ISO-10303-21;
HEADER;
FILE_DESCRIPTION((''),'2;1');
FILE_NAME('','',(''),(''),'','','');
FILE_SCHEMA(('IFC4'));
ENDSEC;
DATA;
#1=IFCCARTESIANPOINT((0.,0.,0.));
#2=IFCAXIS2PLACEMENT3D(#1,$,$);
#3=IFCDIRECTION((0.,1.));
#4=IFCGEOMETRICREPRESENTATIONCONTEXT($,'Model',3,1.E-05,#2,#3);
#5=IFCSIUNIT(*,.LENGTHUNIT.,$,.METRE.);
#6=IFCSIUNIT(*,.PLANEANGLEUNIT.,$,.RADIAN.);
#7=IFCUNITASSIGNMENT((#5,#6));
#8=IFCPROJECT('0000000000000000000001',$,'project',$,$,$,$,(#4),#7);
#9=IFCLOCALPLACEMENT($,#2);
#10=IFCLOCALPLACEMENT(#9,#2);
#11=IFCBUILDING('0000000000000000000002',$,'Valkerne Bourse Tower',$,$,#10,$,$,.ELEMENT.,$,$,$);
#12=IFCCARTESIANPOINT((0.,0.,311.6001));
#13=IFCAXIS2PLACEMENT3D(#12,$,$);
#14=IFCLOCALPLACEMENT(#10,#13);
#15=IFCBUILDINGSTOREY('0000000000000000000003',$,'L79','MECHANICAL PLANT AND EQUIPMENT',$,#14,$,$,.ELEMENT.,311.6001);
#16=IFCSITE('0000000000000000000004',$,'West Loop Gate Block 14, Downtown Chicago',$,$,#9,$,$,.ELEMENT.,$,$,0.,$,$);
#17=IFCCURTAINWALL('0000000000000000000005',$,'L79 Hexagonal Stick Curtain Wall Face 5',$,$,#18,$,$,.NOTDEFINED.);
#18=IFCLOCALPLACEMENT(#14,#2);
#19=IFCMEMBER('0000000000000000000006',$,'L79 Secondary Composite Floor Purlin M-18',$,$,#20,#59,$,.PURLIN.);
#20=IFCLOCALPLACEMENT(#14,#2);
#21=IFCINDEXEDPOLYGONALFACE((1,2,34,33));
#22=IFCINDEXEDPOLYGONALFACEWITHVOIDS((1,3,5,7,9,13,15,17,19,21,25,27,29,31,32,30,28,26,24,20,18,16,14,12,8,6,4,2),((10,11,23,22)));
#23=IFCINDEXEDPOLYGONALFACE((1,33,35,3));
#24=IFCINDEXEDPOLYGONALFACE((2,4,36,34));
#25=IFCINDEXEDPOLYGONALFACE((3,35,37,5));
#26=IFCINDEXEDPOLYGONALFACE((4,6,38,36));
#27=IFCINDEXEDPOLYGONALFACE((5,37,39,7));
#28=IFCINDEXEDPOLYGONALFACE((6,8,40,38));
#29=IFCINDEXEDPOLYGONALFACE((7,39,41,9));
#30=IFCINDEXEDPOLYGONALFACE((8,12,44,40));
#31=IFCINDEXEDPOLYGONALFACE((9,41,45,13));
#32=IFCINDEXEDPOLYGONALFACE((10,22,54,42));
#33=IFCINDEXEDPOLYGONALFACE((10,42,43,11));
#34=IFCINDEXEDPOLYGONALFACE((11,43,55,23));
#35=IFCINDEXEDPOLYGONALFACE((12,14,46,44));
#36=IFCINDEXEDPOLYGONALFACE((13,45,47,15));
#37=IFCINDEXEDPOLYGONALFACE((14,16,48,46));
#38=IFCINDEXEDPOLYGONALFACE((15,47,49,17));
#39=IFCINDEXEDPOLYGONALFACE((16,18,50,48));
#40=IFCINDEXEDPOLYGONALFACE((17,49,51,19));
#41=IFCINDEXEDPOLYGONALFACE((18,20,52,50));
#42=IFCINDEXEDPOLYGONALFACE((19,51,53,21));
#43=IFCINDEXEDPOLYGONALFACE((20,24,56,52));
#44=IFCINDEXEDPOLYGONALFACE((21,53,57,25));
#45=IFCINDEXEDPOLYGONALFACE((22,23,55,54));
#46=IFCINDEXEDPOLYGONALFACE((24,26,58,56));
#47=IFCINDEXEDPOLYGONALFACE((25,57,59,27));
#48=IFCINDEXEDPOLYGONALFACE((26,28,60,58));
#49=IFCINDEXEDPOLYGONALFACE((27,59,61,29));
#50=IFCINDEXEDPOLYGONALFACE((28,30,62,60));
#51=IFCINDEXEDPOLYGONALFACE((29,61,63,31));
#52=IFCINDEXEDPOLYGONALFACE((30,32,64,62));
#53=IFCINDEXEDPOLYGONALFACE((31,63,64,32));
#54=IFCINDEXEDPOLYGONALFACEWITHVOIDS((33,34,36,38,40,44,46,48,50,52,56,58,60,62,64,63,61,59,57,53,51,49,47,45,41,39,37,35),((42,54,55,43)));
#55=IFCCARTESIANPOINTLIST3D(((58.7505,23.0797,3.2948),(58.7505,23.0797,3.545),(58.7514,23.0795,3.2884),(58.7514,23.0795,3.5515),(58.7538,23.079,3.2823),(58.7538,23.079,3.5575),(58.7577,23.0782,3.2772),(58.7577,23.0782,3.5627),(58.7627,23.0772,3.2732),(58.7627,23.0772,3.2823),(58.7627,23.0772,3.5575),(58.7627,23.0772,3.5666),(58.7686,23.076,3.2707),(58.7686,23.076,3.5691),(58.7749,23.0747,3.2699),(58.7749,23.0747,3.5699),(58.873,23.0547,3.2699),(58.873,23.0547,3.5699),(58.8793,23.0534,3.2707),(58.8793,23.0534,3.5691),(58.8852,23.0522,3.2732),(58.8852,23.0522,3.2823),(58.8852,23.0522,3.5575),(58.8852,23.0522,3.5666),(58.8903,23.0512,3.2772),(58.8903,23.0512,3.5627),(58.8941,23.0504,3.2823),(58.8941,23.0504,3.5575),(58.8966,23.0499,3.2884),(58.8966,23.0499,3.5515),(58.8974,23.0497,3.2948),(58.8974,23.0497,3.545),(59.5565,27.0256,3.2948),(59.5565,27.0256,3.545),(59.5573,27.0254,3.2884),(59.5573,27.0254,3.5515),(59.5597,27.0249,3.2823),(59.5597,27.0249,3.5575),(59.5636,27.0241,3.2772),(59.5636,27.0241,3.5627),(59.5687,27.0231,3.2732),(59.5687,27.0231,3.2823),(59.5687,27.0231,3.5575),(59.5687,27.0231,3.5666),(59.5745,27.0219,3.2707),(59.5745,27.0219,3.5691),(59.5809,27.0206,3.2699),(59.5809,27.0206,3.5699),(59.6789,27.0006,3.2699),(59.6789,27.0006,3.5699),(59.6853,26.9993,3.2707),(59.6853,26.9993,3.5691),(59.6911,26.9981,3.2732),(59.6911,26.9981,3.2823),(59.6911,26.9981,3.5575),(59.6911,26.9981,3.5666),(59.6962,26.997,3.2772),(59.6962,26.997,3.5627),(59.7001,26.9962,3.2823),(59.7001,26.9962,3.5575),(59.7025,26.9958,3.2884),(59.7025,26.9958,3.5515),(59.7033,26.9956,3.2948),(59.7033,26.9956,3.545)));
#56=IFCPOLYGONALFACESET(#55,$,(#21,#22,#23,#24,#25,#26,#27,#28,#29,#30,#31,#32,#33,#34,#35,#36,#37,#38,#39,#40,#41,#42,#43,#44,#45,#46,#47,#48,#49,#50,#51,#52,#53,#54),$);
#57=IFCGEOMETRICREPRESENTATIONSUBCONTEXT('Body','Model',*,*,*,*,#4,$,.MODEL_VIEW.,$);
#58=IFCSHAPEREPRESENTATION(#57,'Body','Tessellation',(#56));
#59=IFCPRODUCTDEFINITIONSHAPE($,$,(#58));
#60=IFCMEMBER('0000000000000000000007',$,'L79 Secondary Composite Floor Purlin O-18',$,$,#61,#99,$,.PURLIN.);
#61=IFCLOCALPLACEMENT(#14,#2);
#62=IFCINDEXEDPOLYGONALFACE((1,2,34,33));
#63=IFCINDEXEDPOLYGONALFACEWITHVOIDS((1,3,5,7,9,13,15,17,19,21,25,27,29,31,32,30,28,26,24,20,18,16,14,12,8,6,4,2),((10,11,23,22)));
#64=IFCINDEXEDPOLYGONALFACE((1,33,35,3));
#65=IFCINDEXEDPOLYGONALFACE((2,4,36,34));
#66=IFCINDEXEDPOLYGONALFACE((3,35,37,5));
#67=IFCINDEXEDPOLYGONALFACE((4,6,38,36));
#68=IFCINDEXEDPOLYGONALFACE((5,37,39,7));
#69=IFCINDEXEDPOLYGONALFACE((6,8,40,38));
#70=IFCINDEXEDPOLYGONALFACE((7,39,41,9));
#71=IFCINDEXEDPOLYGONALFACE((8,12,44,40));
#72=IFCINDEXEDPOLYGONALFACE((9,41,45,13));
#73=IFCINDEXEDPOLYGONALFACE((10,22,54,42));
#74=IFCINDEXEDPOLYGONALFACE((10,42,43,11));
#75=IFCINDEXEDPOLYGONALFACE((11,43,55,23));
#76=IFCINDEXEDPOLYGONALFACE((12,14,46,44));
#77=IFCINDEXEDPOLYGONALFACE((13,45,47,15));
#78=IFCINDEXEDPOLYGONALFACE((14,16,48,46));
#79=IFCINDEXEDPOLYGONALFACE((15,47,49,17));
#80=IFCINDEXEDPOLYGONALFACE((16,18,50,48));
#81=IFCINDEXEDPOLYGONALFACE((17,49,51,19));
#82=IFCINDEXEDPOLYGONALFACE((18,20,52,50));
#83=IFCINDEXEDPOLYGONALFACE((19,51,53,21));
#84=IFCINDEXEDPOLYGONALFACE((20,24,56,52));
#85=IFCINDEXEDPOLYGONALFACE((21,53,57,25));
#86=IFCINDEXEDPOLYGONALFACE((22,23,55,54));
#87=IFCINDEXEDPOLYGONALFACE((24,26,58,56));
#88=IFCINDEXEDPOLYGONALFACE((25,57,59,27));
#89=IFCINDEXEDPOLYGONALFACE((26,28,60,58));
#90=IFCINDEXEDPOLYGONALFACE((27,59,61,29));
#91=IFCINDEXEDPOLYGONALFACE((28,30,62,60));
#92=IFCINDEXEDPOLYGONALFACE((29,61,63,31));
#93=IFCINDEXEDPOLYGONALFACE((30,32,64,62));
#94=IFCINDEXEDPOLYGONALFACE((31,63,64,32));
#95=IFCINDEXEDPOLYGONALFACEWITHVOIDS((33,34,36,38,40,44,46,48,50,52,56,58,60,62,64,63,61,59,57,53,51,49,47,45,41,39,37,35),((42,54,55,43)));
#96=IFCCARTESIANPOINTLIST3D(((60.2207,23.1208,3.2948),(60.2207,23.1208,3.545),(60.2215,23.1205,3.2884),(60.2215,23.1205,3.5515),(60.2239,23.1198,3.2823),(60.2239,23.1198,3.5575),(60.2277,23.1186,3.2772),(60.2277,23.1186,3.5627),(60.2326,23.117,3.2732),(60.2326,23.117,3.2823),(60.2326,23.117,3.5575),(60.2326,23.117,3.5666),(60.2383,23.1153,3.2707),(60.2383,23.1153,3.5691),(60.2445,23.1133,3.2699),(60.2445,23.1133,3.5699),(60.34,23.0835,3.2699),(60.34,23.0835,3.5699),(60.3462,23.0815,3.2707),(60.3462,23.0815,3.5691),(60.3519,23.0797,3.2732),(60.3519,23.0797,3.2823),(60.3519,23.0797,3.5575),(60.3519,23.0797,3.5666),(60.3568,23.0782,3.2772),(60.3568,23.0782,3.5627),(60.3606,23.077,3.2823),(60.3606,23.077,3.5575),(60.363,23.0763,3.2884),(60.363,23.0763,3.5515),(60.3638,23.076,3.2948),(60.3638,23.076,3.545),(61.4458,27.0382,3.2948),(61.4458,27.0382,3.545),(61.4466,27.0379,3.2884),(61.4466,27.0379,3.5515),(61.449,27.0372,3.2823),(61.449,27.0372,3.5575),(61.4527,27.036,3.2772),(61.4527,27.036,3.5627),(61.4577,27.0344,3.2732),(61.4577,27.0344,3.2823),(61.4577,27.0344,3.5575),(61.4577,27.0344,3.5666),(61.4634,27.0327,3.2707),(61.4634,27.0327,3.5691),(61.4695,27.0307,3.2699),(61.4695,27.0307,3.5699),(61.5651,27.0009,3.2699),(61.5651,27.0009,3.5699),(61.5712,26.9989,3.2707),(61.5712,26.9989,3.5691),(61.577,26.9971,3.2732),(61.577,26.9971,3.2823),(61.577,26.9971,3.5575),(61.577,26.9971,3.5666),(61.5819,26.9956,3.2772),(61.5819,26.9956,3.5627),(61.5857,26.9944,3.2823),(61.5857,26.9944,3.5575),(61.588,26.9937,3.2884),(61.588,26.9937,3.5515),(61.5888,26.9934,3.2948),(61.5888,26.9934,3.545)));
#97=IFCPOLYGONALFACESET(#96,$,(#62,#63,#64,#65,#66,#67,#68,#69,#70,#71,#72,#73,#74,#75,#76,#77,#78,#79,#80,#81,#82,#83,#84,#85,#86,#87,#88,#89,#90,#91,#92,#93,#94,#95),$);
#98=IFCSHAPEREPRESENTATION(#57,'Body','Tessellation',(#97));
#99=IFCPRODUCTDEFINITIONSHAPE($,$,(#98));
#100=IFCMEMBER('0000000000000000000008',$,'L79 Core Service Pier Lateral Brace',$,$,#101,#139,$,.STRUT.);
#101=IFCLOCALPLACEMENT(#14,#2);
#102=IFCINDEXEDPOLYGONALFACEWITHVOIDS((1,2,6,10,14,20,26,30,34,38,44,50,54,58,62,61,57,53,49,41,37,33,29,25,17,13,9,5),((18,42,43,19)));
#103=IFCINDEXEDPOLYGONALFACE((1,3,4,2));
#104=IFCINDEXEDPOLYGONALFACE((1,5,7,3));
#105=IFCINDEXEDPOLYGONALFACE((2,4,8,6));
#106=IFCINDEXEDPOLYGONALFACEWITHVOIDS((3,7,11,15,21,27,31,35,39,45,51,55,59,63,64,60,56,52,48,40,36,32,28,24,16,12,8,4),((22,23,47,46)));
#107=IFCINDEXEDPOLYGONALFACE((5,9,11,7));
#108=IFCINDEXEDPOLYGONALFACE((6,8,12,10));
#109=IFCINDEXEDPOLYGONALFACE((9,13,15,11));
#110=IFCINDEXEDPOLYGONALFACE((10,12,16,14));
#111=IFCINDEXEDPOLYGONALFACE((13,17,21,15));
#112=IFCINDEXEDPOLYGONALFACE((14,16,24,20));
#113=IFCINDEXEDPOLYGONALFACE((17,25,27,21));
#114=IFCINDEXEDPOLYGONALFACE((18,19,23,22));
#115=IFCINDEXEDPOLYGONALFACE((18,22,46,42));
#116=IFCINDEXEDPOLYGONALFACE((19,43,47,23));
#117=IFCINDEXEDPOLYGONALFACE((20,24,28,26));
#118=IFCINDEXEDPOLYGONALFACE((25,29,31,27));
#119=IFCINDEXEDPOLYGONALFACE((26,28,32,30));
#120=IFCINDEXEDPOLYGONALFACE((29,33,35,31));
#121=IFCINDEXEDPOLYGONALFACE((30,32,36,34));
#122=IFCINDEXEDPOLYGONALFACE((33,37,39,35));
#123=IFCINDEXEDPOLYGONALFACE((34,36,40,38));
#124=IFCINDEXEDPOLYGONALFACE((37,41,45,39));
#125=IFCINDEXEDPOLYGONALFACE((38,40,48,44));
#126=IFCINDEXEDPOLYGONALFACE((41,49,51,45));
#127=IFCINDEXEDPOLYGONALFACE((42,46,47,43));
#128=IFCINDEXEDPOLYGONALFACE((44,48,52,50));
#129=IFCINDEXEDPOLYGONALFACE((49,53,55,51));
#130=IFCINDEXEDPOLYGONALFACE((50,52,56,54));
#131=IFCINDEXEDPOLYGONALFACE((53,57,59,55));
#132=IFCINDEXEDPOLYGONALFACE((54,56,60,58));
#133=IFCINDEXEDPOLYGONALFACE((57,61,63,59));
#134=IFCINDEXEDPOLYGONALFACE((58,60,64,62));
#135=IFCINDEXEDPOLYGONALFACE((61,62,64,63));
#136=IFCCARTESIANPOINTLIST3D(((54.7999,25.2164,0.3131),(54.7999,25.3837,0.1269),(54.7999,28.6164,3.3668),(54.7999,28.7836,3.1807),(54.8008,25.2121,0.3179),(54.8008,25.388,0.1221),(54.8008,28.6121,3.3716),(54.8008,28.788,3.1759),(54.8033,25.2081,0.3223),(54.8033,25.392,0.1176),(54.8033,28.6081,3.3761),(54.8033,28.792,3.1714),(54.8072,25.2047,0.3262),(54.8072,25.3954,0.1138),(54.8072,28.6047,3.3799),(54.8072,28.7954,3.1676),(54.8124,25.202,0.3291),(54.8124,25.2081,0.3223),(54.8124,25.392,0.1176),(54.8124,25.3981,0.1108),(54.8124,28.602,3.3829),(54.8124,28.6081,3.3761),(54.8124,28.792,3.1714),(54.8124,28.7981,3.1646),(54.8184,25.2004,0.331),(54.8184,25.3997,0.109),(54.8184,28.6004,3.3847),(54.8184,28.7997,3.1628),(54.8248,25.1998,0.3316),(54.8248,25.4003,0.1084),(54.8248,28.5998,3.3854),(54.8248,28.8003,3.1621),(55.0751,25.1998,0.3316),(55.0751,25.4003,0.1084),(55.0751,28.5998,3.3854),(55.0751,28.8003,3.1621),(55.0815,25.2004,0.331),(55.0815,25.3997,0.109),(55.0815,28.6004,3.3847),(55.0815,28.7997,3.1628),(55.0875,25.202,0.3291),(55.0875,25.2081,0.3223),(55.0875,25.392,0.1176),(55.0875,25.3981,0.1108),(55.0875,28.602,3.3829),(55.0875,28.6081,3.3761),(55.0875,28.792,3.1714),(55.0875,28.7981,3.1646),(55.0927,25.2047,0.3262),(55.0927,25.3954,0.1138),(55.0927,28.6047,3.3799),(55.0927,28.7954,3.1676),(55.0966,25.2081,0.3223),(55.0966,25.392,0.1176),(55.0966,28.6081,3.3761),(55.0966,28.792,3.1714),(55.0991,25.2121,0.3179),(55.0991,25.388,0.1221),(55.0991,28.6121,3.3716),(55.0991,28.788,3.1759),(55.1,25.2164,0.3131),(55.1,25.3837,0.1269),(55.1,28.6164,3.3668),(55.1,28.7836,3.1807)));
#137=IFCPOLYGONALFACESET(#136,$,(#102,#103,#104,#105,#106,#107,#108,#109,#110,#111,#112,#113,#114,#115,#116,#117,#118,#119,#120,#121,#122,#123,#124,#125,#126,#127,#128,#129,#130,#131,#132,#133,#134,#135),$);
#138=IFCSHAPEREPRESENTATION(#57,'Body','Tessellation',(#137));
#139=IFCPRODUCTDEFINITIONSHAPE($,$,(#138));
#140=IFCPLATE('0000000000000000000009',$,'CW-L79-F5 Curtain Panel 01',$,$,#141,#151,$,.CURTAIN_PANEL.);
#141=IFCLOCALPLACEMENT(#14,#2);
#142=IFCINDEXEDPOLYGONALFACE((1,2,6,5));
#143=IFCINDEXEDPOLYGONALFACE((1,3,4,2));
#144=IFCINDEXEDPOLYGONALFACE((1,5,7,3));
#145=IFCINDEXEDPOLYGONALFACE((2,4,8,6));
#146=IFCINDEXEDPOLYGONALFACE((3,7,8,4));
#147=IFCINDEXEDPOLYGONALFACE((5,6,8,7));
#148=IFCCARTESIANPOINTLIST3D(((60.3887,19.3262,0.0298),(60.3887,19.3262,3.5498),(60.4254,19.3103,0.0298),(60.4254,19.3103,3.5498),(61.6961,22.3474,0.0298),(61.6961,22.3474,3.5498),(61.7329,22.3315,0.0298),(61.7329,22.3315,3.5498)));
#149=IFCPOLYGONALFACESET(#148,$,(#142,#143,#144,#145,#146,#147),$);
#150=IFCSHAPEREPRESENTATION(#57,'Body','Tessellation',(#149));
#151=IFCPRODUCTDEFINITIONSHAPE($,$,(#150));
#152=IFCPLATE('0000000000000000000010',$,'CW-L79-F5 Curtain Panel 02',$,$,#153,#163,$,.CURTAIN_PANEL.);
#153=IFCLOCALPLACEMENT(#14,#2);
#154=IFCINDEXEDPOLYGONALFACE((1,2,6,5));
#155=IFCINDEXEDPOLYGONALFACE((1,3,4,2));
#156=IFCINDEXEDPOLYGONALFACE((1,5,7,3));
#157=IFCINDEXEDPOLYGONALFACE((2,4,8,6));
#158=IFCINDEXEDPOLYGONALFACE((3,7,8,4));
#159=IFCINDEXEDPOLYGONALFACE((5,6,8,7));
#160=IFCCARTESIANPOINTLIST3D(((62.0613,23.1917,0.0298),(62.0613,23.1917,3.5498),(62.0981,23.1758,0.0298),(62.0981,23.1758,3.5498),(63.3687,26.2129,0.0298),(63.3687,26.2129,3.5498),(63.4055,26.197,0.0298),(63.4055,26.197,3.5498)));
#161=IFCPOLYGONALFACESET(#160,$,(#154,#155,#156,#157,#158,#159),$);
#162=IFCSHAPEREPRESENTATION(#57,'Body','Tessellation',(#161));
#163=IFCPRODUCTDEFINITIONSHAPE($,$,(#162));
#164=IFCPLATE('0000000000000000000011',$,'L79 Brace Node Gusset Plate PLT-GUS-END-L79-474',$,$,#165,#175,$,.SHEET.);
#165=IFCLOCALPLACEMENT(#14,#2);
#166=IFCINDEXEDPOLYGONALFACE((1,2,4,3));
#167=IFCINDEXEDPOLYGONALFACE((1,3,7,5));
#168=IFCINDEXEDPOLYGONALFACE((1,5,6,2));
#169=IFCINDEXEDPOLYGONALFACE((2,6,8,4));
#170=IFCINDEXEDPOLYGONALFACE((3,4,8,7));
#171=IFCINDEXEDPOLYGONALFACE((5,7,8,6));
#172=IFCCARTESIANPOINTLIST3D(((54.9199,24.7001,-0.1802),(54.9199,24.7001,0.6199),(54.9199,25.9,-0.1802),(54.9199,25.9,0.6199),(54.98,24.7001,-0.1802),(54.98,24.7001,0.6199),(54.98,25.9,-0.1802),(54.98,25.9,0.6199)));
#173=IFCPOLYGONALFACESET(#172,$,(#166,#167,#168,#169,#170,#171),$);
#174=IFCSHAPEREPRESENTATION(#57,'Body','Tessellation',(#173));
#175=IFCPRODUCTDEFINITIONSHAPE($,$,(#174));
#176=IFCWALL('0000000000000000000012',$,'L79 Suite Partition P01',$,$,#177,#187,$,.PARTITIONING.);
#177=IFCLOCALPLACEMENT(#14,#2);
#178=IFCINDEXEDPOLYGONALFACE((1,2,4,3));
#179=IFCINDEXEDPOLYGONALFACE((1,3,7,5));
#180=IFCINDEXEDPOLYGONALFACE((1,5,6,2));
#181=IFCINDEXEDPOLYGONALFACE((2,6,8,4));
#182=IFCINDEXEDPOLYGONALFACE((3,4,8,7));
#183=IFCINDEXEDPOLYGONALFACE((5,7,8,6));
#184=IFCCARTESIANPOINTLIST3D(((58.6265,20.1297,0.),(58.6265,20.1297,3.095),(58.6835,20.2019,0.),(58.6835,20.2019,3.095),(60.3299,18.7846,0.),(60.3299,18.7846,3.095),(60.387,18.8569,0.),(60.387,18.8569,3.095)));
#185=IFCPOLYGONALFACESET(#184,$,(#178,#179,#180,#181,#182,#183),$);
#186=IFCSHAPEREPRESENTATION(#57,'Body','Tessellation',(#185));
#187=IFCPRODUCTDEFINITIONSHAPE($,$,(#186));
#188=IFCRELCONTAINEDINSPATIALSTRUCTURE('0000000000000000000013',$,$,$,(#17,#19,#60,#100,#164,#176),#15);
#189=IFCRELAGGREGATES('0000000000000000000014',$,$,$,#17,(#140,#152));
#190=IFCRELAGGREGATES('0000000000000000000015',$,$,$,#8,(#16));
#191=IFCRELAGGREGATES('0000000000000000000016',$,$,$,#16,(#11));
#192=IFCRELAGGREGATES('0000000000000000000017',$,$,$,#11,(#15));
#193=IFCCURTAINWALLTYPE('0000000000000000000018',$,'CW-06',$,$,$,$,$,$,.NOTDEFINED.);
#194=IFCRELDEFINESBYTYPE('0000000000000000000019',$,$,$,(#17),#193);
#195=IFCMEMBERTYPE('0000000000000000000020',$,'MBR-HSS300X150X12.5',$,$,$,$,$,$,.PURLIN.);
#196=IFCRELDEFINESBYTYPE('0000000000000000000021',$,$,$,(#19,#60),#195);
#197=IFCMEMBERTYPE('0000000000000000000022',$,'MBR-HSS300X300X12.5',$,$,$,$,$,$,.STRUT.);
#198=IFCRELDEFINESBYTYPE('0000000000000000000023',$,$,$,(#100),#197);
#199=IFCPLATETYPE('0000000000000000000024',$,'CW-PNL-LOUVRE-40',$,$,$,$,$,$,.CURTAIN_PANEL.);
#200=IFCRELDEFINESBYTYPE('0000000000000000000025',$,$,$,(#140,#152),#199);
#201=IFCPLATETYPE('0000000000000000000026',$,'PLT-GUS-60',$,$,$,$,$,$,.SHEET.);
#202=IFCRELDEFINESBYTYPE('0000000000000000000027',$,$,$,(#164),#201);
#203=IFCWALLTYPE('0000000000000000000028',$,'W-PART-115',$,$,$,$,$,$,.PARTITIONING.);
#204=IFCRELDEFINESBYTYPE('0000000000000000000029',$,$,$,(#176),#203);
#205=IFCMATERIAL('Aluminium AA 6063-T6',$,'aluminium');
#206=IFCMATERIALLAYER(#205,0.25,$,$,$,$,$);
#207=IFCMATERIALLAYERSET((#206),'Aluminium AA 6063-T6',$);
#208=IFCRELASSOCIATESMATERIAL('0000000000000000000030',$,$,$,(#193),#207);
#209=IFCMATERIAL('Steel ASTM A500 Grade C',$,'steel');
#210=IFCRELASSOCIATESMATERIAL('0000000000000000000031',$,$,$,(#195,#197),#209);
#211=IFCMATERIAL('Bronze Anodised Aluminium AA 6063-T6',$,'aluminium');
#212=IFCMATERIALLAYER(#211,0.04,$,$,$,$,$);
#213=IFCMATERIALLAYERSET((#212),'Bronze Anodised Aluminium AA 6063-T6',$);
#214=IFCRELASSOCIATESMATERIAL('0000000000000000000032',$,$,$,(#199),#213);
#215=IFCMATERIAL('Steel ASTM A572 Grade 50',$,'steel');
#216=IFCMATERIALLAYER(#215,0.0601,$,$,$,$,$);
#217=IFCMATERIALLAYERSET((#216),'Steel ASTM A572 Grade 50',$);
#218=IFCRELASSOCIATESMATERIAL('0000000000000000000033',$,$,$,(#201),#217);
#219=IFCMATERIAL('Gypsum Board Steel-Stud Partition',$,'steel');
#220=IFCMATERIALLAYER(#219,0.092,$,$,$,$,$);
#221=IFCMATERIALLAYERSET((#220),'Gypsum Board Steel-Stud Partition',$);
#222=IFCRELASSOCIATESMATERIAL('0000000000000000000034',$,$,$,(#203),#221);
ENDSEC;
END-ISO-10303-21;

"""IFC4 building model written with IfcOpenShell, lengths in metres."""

from ifc_helpers import new_model, si_unit, direction, frame, frame_2d, origin, origin_2d, place, context, subcontext, project, spatial, rectangle, hollow_rectangle, extrude, material, layer, layer_set, material_profile, profile_set, type_object, element, aggregate, save


model = new_model("IFC4")

# Units and contexts
model_context = context("Model", 3, precision=1e-05, world=origin(), true_north=direction((0.0, 1.0)))
body_context = subcontext(model_context, "Body", "Model", "MODEL_VIEW")
ifc_project = project(units=[si_unit("LENGTHUNIT", "METRE"), si_unit("PLANEANGLEUNIT", "RADIAN")], contexts=[model_context])

# Site, building, storey
site_placement = place(None, origin())
site = spatial("IfcSite", under=ifc_project, at=site_placement, Name="West Loop Gate Block 14, Downtown Chicago", CompositionType="ELEMENT", RefElevation=0.0)
building_placement = place(site_placement, origin())
building = spatial("IfcBuilding", under=site, at=building_placement, Name="Valkerne Bourse Tower", CompositionType="ELEMENT")
storey_placement = place(building_placement, frame((0.0, 0.0, 311.6001)))
storey = spatial("IfcBuildingStorey", under=building, at=storey_placement, Name="L79", Description="MECHANICAL PLANT AND EQUIPMENT", CompositionType="ELEMENT", Elevation=311.6001)

# Shared definitions
ifc_material_1 = material(Name="Steel ASTM A500 Grade C", Category="steel")

# Curtain wall
ifc_material_2 = material(Name="Aluminium AA 6063-T6", Category="aluminium")
ifc_layer_1 = layer(ifc_material_2, 0.25)
ifc_layer_set_1 = layer_set([ifc_layer_1], Name="Aluminium AA 6063-T6")
curtain_wall_type = type_object("IfcCurtainWallType", Name="CW-06", PredefinedType="NOTDEFINED", material=ifc_layer_set_1)
curtain_wall_placement = place(storey_placement, origin())
curtain_wall = element("IfcCurtainWall", 1, at=curtain_wall_placement, inside=storey, type_object=curtain_wall_type, Name="L79 Hexagonal Stick Curtain Wall Face 5", PredefinedType="NOTDEFINED")

# Members
ifc_material_profile_1 = material_profile(ifc_material_1, hollow_rectangle(XDim=0.1499, YDim=0.3, WallThickness=0.0125, OuterFilletRadius=0.0249, at=origin_2d()), Name="HSS300X150X12.5")
ifc_profile_set_1 = profile_set([ifc_material_profile_1], Name="Steel ASTM A500 Grade C")
member_type_1 = type_object("IfcMemberType", Name="MBR-HSS300X150X12.5", PredefinedType="PURLIN", material=ifc_profile_set_1)
member_1_placement = place(storey_placement, frame((58.824, 23.0647, 3.4199), z_axis=(0.200113, 0.979773, 0.0), x_axis=(-0.979773, 0.200113, 0.0)))
element("IfcMember", 2, at=member_1_placement, inside=storey, type_object=member_type_1, Name="L79 Secondary Composite Floor Purlin M-18", PredefinedType="PURLIN", context=body_context, shape_type="SweptSolid", body=[
    extrude(hollow_rectangle(XDim=0.1499, YDim=0.3, WallThickness=0.0125, OuterFilletRadius=0.0249, at=origin_2d()), origin(), (0.0, 0.0, 1.0), 4.0273),
])
member_2_placement = place(storey_placement, frame((60.2922, 23.0984, 3.4199), z_axis=(0.298471, 0.954419, 0.0), x_axis=(-0.954419, 0.298471, 0.0)))
element("IfcMember", 3, at=member_2_placement, inside=storey, type_object=member_type_1, Name="L79 Secondary Composite Floor Purlin O-18", PredefinedType="PURLIN", context=body_context, shape_type="SweptSolid", body=[
    extrude(hollow_rectangle(XDim=0.1499, YDim=0.3, WallThickness=0.0125, OuterFilletRadius=0.0249, at=origin_2d()), origin(), (0.0, 0.0, 1.0), 4.1045),
])
ifc_material_profile_2 = material_profile(ifc_material_1, hollow_rectangle(XDim=0.3, YDim=0.3, WallThickness=0.0125, OuterFilletRadius=0.0249, at=origin_2d()), Name="HSS300X300X12.5")
ifc_profile_set_2 = profile_set([ifc_material_profile_2], Name="Steel ASTM A500 Grade C")
member_type_2 = type_object("IfcMemberType", Name="MBR-HSS300X300X12.5", PredefinedType="STRUT", material=ifc_profile_set_2)
member_3_placement = place(storey_placement, frame((54.95, 25.3, 0.22), z_axis=(0.0, 0.743968, 0.668215), x_axis=(-1.0, 0.0, 0.0)))
element("IfcMember", 4, at=member_3_placement, inside=storey, type_object=member_type_2, Name="L79 Core Service Pier Lateral Brace", PredefinedType="STRUT", context=body_context, shape_type="SweptSolid", body=[
    extrude(hollow_rectangle(XDim=0.3, YDim=0.3, WallThickness=0.0125, OuterFilletRadius=0.0249, at=origin_2d()), origin(), (0.0, 0.0, 1.0), 4.5701),
])

# Plates
ifc_material_3 = material(Name="Bronze Anodised Aluminium AA 6063-T6", Category="aluminium")
ifc_layer_2 = layer(ifc_material_3, 0.04)
ifc_layer_set_2 = layer_set([ifc_layer_2], Name="Bronze Anodised Aluminium AA 6063-T6")
plate_type_1 = type_object("IfcPlateType", Name="CW-PNL-LOUVRE-40", PredefinedType="CURTAIN_PANEL", material=ifc_layer_set_2)
plate_1_placement = place(storey_placement, frame((61.0608, 20.8289, 0.0298), z_axis=(0.0, 0.0, 1.0), x_axis=(0.397158, 0.91775, 0.0)))
plate_1 = element("IfcPlate", 5, at=plate_1_placement, type_object=plate_type_1, Name="CW-L79-F5 Curtain Panel 01", PredefinedType="CURTAIN_PANEL", context=body_context, shape_type="SweptSolid", body=[
    extrude(rectangle(XDim=3.292, YDim=0.04, at=origin_2d()), origin(), (0.0, 0.0, 1.0), 3.52),
])
plate_2_placement = place(storey_placement, frame((62.7334, 24.6943, 0.0298), z_axis=(0.0, 0.0, 1.0), x_axis=(0.397149, 0.917754, 0.0)))
plate_2 = element("IfcPlate", 6, at=plate_2_placement, type_object=plate_type_1, Name="CW-L79-F5 Curtain Panel 02", PredefinedType="CURTAIN_PANEL", context=body_context, shape_type="SweptSolid", body=[
    extrude(rectangle(XDim=3.292, YDim=0.04, at=origin_2d()), origin(), (0.0, 0.0, 1.0), 3.52),
])
aggregate(curtain_wall, [plate_1, plate_2])
ifc_material_4 = material(Name="Steel ASTM A572 Grade 50", Category="steel")
ifc_layer_3 = layer(ifc_material_4, 0.0601)
ifc_layer_set_3 = layer_set([ifc_layer_3], Name="Steel ASTM A572 Grade 50")
plate_type_2 = type_object("IfcPlateType", Name="PLT-GUS-60", PredefinedType="SHEET", material=ifc_layer_set_3)
plate_3_placement = place(storey_placement, frame((54.95, 25.3, -0.1802), z_axis=(0.0, 0.0, 1.0), x_axis=(0.0, 1.0, 0.0)))
element("IfcPlate", 7, at=plate_3_placement, inside=storey, type_object=plate_type_2, Name="L79 Brace Node Gusset Plate PLT-GUS-END-L79-474", PredefinedType="SHEET", context=body_context, shape_type="SweptSolid", body=[
    extrude(rectangle(XDim=1.2, YDim=0.0601, at=origin_2d()), origin(), (0.0, 0.0, 1.0), 0.8),
])

# Wall
ifc_material_5 = material(Name="Gypsum Board Steel-Stud Partition", Category="steel")
ifc_layer_4 = layer(ifc_material_5, 0.092)
ifc_layer_set_4 = layer_set([ifc_layer_4], Name="Gypsum Board Steel-Stud Partition")
wall_type = type_object("IfcWallType", Name="W-PART-115", PredefinedType="PARTITIONING", material=ifc_layer_set_4)
wall_1_placement = place(storey_placement, frame((58.655, 20.1658, 0.0), z_axis=(0.0, 0.0, 1.0), x_axis=(0.784837, -0.619703, 0.0)))
element("IfcWall", 8, at=wall_1_placement, inside=storey, type_object=wall_type, Name="L79 Suite Partition P01", PredefinedType="PARTITIONING", context=body_context, shape_type="SweptSolid", body=[
    extrude(rectangle(XDim=2.1704, YDim=0.092, at=frame_2d((1.0852, 0.0))), origin(), (0.0, 0.0, 1.0), 3.095),
])

save(model, "model.ifc")
